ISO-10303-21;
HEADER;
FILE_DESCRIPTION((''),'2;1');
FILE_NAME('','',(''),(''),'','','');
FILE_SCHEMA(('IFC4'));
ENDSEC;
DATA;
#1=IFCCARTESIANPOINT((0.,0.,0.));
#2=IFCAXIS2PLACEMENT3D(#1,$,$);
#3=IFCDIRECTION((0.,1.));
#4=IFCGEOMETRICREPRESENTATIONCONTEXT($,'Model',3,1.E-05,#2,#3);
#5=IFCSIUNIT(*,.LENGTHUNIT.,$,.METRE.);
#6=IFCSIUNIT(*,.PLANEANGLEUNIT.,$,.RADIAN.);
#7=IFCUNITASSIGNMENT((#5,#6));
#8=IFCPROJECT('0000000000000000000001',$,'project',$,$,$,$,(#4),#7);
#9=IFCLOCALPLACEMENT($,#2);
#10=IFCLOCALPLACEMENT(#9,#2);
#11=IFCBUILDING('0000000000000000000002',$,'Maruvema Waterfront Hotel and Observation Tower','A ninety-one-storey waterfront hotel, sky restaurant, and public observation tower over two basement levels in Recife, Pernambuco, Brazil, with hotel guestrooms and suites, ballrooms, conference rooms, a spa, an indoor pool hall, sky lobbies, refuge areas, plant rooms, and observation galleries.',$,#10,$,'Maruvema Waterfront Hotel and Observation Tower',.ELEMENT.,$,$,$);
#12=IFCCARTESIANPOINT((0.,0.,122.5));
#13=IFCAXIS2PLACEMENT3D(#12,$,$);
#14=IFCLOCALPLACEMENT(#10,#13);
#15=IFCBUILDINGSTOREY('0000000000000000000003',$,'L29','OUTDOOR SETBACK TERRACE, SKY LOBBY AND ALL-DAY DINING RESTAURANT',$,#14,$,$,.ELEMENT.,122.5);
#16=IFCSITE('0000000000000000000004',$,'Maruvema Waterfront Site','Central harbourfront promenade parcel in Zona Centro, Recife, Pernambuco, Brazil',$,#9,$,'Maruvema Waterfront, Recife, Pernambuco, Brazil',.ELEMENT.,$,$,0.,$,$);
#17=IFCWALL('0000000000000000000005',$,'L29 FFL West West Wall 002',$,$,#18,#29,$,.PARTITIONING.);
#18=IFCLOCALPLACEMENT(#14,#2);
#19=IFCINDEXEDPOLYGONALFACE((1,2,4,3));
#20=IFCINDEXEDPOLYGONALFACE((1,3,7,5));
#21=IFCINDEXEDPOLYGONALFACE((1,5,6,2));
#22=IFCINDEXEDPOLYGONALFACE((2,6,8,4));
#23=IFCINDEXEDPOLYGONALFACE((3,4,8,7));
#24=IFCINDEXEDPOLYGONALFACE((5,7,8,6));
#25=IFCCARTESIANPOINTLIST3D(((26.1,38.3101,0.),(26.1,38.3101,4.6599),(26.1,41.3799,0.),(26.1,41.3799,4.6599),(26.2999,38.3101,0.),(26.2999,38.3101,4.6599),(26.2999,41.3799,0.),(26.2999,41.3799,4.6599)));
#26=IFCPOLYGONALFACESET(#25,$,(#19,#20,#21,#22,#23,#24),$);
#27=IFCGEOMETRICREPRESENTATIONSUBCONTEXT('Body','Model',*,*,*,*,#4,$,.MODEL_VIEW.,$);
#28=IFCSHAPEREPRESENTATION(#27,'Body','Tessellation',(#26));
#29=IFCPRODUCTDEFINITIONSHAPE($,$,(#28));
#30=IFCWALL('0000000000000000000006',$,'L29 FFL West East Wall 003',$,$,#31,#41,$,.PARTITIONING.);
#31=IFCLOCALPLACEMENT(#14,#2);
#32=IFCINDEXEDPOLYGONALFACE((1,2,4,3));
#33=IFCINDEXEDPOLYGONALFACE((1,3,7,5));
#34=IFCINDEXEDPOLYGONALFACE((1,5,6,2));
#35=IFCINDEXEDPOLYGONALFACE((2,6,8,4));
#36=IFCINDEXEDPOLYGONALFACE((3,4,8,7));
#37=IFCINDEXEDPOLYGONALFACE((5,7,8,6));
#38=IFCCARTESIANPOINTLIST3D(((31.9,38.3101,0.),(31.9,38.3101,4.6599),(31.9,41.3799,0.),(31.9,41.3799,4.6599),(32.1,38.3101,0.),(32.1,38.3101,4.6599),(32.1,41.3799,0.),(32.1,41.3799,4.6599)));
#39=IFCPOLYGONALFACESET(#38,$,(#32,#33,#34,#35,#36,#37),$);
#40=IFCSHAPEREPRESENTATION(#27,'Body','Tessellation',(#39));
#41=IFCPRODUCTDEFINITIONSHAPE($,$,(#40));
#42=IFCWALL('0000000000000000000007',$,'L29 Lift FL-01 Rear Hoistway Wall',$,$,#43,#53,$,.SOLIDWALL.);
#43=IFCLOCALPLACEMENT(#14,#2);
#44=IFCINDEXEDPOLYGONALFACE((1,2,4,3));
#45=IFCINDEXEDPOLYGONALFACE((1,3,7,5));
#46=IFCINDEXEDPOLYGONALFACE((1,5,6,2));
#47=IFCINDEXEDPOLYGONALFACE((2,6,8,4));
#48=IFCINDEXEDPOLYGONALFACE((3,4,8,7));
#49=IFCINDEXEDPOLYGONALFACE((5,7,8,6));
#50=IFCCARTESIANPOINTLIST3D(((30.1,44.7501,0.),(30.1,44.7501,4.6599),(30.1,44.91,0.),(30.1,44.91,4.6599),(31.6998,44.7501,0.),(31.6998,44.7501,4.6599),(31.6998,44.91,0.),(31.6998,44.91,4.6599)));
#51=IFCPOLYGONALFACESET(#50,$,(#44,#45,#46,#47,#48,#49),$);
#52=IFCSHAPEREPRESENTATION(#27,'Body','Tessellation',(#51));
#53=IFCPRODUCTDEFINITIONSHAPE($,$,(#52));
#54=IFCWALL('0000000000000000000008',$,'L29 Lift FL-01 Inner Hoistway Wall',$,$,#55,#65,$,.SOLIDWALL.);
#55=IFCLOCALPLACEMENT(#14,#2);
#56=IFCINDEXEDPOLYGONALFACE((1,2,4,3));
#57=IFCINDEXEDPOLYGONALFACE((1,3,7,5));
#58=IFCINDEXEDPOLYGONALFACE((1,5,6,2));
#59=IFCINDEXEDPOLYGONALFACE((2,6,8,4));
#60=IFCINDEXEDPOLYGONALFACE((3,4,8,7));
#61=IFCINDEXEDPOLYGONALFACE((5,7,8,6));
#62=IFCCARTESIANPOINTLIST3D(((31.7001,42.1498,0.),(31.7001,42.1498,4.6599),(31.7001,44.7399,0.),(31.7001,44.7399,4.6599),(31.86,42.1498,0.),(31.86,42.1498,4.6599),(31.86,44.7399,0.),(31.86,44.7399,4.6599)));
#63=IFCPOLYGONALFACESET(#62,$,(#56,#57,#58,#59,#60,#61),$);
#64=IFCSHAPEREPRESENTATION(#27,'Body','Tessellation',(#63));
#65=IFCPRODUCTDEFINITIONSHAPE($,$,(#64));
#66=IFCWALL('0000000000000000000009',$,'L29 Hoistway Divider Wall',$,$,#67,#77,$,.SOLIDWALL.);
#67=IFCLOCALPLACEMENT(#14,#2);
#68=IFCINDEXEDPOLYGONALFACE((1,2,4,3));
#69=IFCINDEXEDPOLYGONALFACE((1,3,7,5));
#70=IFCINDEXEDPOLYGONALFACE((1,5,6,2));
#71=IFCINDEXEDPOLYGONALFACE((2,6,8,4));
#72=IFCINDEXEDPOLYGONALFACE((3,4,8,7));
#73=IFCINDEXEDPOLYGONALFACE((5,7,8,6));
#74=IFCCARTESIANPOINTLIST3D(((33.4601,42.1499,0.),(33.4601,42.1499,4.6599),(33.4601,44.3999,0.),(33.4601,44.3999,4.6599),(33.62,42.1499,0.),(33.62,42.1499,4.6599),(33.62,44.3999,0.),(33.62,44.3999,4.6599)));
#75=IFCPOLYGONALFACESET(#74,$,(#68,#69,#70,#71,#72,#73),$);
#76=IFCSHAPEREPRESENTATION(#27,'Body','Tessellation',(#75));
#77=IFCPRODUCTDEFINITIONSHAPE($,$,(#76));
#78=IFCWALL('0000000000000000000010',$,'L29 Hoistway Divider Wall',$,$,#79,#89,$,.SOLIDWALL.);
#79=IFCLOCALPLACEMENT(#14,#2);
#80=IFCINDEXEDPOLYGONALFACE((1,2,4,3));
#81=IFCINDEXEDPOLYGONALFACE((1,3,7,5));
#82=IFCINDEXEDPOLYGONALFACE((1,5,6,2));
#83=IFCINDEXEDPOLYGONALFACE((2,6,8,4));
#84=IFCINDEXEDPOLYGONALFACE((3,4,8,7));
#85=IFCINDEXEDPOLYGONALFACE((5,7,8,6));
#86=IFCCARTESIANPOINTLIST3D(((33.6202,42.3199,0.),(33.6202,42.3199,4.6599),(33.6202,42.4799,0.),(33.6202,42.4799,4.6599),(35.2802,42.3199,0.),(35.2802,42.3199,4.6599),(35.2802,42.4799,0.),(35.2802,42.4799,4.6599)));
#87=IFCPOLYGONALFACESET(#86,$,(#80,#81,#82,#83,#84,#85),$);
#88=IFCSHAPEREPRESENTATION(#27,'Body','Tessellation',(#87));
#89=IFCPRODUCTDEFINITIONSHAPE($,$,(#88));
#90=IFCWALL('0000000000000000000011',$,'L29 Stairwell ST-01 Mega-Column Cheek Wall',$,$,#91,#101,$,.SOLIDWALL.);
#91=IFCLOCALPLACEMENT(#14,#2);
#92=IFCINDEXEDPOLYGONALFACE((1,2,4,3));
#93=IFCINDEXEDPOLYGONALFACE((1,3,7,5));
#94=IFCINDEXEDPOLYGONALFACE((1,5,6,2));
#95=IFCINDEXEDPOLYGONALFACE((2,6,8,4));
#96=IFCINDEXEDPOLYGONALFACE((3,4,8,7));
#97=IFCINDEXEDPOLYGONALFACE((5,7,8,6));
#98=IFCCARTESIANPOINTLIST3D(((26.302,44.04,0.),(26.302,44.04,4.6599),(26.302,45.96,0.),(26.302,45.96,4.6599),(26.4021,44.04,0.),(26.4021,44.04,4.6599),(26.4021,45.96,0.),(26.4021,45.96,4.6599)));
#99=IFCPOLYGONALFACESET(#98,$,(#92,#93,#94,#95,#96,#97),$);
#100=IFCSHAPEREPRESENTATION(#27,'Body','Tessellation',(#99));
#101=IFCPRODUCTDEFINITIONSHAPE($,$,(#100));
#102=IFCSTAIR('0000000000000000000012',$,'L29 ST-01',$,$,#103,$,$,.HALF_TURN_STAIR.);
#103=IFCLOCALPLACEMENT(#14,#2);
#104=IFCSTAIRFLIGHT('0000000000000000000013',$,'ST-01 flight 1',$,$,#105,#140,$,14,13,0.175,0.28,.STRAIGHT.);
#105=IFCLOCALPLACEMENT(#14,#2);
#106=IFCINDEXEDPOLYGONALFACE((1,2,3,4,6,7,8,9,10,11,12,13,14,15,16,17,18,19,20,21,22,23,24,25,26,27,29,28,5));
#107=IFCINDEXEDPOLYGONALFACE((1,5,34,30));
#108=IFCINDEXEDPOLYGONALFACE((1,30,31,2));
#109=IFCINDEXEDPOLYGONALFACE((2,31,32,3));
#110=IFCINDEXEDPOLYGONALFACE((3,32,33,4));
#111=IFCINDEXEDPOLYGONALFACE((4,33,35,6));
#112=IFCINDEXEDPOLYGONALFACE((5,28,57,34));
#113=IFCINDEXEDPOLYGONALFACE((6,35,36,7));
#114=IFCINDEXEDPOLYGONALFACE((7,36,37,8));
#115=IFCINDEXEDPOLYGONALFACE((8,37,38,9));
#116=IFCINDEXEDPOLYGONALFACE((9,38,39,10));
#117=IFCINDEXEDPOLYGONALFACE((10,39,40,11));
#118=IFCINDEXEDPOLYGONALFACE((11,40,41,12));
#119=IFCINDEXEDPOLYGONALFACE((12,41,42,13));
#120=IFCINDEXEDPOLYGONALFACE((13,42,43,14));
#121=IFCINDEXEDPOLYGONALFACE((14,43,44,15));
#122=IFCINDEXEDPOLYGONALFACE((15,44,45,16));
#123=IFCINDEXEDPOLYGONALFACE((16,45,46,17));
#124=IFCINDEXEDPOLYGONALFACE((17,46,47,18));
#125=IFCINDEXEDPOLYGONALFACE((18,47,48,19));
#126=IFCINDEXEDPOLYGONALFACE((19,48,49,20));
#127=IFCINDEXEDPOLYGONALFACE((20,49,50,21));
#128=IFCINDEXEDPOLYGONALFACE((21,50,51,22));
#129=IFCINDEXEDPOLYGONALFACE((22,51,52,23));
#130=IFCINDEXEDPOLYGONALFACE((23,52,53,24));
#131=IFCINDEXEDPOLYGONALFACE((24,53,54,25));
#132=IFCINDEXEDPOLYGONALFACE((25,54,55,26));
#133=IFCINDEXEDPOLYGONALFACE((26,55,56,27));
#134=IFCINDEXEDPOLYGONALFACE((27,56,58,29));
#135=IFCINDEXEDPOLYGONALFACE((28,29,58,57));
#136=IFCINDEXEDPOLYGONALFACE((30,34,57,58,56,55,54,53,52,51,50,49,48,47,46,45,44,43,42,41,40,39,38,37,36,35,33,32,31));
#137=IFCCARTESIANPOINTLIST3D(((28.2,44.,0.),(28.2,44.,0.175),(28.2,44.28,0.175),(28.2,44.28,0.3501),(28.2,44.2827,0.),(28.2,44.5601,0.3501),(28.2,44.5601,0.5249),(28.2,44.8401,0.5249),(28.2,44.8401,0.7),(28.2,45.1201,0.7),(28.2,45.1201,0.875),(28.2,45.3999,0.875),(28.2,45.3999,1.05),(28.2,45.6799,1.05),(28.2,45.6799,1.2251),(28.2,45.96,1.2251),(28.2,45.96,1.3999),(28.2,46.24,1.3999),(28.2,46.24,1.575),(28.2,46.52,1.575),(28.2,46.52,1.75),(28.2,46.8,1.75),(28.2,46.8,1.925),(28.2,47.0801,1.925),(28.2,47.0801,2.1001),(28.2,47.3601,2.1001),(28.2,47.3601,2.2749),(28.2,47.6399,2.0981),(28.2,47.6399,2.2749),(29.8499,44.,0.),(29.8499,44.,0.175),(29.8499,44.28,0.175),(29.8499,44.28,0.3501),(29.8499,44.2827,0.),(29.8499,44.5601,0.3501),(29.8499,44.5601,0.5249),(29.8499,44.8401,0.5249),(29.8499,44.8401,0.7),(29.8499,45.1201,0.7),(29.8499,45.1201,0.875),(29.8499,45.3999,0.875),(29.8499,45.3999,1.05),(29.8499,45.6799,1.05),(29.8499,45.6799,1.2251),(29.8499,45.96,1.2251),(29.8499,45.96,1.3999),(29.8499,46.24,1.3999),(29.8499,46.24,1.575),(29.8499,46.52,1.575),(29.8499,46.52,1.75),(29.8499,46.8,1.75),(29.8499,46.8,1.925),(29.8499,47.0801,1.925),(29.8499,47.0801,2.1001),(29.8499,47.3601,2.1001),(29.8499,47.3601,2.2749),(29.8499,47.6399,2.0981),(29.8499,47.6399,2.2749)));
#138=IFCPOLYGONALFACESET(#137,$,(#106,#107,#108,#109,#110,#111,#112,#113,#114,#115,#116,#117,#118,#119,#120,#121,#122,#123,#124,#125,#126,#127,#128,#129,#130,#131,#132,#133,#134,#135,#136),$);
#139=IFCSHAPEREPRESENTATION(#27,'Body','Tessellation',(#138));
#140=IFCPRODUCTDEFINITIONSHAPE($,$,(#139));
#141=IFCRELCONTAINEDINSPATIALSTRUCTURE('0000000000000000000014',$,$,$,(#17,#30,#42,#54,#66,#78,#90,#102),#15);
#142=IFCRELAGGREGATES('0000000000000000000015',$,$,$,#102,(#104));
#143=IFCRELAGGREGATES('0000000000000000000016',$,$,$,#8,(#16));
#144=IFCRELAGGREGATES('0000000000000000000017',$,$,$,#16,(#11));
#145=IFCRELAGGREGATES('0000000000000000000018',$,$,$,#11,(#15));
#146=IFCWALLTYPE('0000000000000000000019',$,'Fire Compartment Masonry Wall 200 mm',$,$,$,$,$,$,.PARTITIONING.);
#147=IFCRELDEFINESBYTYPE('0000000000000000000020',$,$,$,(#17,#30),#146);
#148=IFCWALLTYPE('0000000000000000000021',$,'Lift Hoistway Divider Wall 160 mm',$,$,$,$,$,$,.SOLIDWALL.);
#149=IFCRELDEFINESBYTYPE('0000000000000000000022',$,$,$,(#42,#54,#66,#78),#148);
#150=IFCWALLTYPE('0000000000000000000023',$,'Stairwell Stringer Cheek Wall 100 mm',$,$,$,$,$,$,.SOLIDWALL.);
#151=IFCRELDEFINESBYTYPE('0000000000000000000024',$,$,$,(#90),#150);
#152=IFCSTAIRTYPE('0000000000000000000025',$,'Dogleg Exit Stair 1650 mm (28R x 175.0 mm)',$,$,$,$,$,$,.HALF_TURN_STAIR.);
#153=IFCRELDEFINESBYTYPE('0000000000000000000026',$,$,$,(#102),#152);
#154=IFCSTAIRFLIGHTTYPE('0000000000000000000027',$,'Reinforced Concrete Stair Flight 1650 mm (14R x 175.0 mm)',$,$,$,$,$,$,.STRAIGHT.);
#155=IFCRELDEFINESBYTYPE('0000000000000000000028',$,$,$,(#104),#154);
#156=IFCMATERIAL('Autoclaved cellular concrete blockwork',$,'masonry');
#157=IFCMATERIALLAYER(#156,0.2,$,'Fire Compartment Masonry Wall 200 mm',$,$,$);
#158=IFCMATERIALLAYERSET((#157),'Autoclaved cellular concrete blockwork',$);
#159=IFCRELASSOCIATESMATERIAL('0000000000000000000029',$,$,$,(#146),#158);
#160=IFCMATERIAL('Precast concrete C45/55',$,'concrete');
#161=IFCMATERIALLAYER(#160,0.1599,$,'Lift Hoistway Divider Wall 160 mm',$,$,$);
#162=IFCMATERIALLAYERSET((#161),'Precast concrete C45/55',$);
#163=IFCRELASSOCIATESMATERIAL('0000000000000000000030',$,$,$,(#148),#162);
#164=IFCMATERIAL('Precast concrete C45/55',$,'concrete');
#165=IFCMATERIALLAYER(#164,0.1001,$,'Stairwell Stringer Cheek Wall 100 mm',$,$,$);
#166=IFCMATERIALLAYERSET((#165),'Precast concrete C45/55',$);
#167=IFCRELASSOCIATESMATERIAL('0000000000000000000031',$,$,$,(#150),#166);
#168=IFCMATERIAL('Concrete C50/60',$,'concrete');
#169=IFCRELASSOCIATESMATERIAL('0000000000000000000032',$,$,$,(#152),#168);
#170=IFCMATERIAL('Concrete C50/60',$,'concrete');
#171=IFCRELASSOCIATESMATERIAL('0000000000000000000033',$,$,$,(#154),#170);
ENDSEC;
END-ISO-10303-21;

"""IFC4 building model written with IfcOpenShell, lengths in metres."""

from ifc_helpers import new_model, si_unit, direction, frame, frame_2d, origin, place, context, subcontext, project, spatial, polyline, rectangle, outline, extrude, material, layer, layer_set, type_object, element, aggregate, save


model = new_model("IFC4")

# Units and contexts
model_context = context("Model", 3, precision=1e-05, world=origin(), true_north=direction((0.0, 1.0)))
body_context = subcontext(model_context, "Body", "Model", "MODEL_VIEW")
ifc_project = project(units=[si_unit("LENGTHUNIT", "METRE"), si_unit("PLANEANGLEUNIT", "RADIAN")], contexts=[model_context])

# Site, building, storey
site_placement = place(None, origin())
site = spatial("IfcSite", under=ifc_project, at=site_placement, Name="Maruvema Waterfront Site", Description="Central harbourfront promenade parcel in Zona Centro, Recife, Pernambuco, Brazil", LongName="Maruvema Waterfront, Recife, Pernambuco, Brazil", CompositionType="ELEMENT", RefElevation=0.0)
building_placement = place(site_placement, origin())
building = spatial("IfcBuilding", under=site, at=building_placement, Name="Maruvema Waterfront Hotel and Observation Tower", Description="A ninety-one-storey waterfront hotel, sky restaurant, and public observation tower over two basement levels in Recife, Pernambuco, Brazil, with hotel guestrooms and suites, ballrooms, conference rooms, a spa, an indoor pool hall, sky lobbies, refuge areas, plant rooms, and observation galleries.", LongName="Maruvema Waterfront Hotel and Observation Tower", CompositionType="ELEMENT")
storey_placement = place(building_placement, frame((0.0, 0.0, 122.5)))
storey = spatial("IfcBuildingStorey", under=building, at=storey_placement, Name="L29", Description="OUTDOOR SETBACK TERRACE, SKY LOBBY AND ALL-DAY DINING RESTAURANT", CompositionType="ELEMENT", Elevation=122.5)

# Shared definitions
ifc_material_1 = material(Name="Autoclaved cellular concrete blockwork", Category="masonry")
ifc_layer_1 = layer(ifc_material_1, 0.2, Name="Fire Compartment Masonry Wall 200 mm")
ifc_layer_set_1 = layer_set([ifc_layer_1], Name="Autoclaved cellular concrete blockwork")
wall_type_1 = type_object("IfcWallType", Name="Fire Compartment Masonry Wall 200 mm", PredefinedType="PARTITIONING", material=ifc_layer_set_1)

# Walls
for number, where, z_axis, x_axis, name in (
    (1, (26.2, 38.3101, 0.0), (0.0, 0.0, 1.0), (0.0, 1.0, 0.0), "L29 FFL West West Wall 002"),
    (2, (32.0, 38.3101, 0.0), (0.0, 0.0, 1.0), (0.0, 1.0, 0.0), "L29 FFL West East Wall 003"),
):
    element("IfcWall", number, at=place(storey_placement, frame(where, z_axis=z_axis, x_axis=x_axis)), inside=storey, type_object=wall_type_1, Name=name, PredefinedType="PARTITIONING", context=body_context, shape_type="SweptSolid", body=[
        extrude(rectangle(XDim=3.0698, YDim=0.2, at=frame_2d((1.5349, 0.0))), origin(), (0.0, 0.0, 1.0), 4.6599),
    ])
ifc_material_2 = material(Name="Precast concrete C45/55", Category="concrete")
ifc_layer_2 = layer(ifc_material_2, 0.1599, Name="Lift Hoistway Divider Wall 160 mm")
ifc_layer_set_2 = layer_set([ifc_layer_2], Name="Precast concrete C45/55")
wall_type_2 = type_object("IfcWallType", Name="Lift Hoistway Divider Wall 160 mm", PredefinedType="SOLIDWALL", material=ifc_layer_set_2)
wall_1_placement = place(storey_placement, frame((30.1001, 44.8301, 0.0), z_axis=(0.0, 0.0, 1.0), x_axis=(1.0, 0.0, 0.0)))
element("IfcWall", 3, at=wall_1_placement, inside=storey, type_object=wall_type_2, Name="L29 Lift FL-01 Rear Hoistway Wall", PredefinedType="SOLIDWALL", context=body_context, shape_type="SweptSolid", body=[
    extrude(rectangle(XDim=1.5999, YDim=0.1599, at=frame_2d((0.7998, 0.0))), origin(), (0.0, 0.0, 1.0), 4.6599),
])
wall_2_placement = place(storey_placement, frame((31.78, 42.1499, 0.0), z_axis=(0.0, 0.0, 1.0), x_axis=(0.0, 1.0, 0.0)))
element("IfcWall", 4, at=wall_2_placement, inside=storey, type_object=wall_type_2, Name="L29 Lift FL-01 Inner Hoistway Wall", PredefinedType="SOLIDWALL", context=body_context, shape_type="SweptSolid", body=[
    extrude(rectangle(XDim=2.5901, YDim=0.1599, at=frame_2d((1.2949, 0.0))), origin(), (0.0, 0.0, 1.0), 4.6599),
])
wall_3_placement = place(storey_placement, frame((33.54, 42.1499, 0.0), z_axis=(0.0, 0.0, 1.0), x_axis=(0.0, 1.0, 0.0)))
element("IfcWall", 5, at=wall_3_placement, inside=storey, type_object=wall_type_2, Name="L29 Hoistway Divider Wall", PredefinedType="SOLIDWALL", context=body_context, shape_type="SweptSolid", body=[
    extrude(rectangle(XDim=2.25, YDim=0.1599, at=frame_2d((1.125, 0.0))), origin(), (0.0, 0.0, 1.0), 4.6599),
])
wall_4_placement = place(storey_placement, frame((33.6201, 42.3999, 0.0), z_axis=(0.0, 0.0, 1.0), x_axis=(1.0, 0.0, 0.0)))
element("IfcWall", 6, at=wall_4_placement, inside=storey, type_object=wall_type_2, Name="L29 Hoistway Divider Wall", PredefinedType="SOLIDWALL", context=body_context, shape_type="SweptSolid", body=[
    extrude(rectangle(XDim=1.6599, YDim=0.1599, at=frame_2d((0.8301, 0.0))), origin(), (0.0, 0.0, 1.0), 4.6599),
])
ifc_material_3 = material(Name="Precast concrete C45/55", Category="concrete")
ifc_layer_3 = layer(ifc_material_3, 0.1001, Name="Stairwell Stringer Cheek Wall 100 mm")
ifc_layer_set_3 = layer_set([ifc_layer_3], Name="Precast concrete C45/55")
wall_type_3 = type_object("IfcWallType", Name="Stairwell Stringer Cheek Wall 100 mm", PredefinedType="SOLIDWALL", material=ifc_layer_set_3)
wall_5_placement = place(storey_placement, frame((26.3521, 44.04, 0.0), z_axis=(0.0, 0.0, 1.0), x_axis=(0.0, 1.0, 0.0)))
element("IfcWall", 7, at=wall_5_placement, inside=storey, type_object=wall_type_3, Name="L29 Stairwell ST-01 Mega-Column Cheek Wall", PredefinedType="SOLIDWALL", context=body_context, shape_type="SweptSolid", body=[
    extrude(rectangle(XDim=1.9199, YDim=0.1001, at=frame_2d((0.96, 0.0))), origin(), (0.0, 0.0, 1.0), 4.6599),
])

# Stair, stair flight
ifc_material_4 = material(Name="Concrete C50/60", Category="concrete")
stair_type = type_object("IfcStairType", Name="Dogleg Exit Stair 1650 mm (28R x 175.0 mm)", PredefinedType="HALF_TURN_STAIR", material=ifc_material_4)
stair_placement = place(storey_placement, origin())
stair = element("IfcStair", 8, at=stair_placement, inside=storey, type_object=stair_type, Name="L29 ST-01", PredefinedType="HALF_TURN_STAIR")
ifc_material_5 = material(Name="Concrete C50/60", Category="concrete")
stair_flight_type = type_object("IfcStairFlightType", Name="Reinforced Concrete Stair Flight 1650 mm (14R x 175.0 mm)", PredefinedType="STRAIGHT", material=ifc_material_5)
stair_flight_placement = place(storey_placement, frame((29.0249, 44.0, 0.0), z_axis=(0.0, 0.0, 1.0), x_axis=(0.0, 1.0, 0.0)))
stair_flight = element("IfcStairFlight", 9, at=stair_flight_placement, type_object=stair_flight_type, Name="ST-01 flight 1", NumberOfRisers=14, NumberOfTreads=13, PredefinedType="STRAIGHT", RiserHeight=0.175, TreadLength=0.28, context=body_context, shape_type="SweptSolid", body=[
    extrude(outline(polyline([(0.0, 0.0), (0.0, 0.175), (0.28, 0.175), (0.28, 0.3501), (0.5601, 0.3501), (0.5601, 0.5249), (0.8401, 0.5249), (0.8401, 0.7), (1.1201, 0.7), (1.1201, 0.875), (1.3999, 0.875), (1.3999, 1.05), (1.6799, 1.05), (1.6799, 1.2251), (1.96, 1.2251), (1.96, 1.3999), (2.24, 1.3999), (2.24, 1.575), (2.52, 1.575), (2.52, 1.75), (2.8, 1.75), (2.8, 1.925), (3.0801, 1.925), (3.0801, 2.1001), (3.3601, 2.1001), (3.3601, 2.2749), (3.6399, 2.2749), (3.6399, 2.45), (3.6399, 2.0981), (0.2827, 0.0), (0.0, 0.0)])), frame((0.0, 0.825, 0.0), z_axis=(0.0, -1.0, 0.0), x_axis=(1.0, 0.0, 0.0)), (0.0, 0.0, 1.0), 1.6499),
])
aggregate(stair, [stair_flight])

save(model, "model.ifc")
